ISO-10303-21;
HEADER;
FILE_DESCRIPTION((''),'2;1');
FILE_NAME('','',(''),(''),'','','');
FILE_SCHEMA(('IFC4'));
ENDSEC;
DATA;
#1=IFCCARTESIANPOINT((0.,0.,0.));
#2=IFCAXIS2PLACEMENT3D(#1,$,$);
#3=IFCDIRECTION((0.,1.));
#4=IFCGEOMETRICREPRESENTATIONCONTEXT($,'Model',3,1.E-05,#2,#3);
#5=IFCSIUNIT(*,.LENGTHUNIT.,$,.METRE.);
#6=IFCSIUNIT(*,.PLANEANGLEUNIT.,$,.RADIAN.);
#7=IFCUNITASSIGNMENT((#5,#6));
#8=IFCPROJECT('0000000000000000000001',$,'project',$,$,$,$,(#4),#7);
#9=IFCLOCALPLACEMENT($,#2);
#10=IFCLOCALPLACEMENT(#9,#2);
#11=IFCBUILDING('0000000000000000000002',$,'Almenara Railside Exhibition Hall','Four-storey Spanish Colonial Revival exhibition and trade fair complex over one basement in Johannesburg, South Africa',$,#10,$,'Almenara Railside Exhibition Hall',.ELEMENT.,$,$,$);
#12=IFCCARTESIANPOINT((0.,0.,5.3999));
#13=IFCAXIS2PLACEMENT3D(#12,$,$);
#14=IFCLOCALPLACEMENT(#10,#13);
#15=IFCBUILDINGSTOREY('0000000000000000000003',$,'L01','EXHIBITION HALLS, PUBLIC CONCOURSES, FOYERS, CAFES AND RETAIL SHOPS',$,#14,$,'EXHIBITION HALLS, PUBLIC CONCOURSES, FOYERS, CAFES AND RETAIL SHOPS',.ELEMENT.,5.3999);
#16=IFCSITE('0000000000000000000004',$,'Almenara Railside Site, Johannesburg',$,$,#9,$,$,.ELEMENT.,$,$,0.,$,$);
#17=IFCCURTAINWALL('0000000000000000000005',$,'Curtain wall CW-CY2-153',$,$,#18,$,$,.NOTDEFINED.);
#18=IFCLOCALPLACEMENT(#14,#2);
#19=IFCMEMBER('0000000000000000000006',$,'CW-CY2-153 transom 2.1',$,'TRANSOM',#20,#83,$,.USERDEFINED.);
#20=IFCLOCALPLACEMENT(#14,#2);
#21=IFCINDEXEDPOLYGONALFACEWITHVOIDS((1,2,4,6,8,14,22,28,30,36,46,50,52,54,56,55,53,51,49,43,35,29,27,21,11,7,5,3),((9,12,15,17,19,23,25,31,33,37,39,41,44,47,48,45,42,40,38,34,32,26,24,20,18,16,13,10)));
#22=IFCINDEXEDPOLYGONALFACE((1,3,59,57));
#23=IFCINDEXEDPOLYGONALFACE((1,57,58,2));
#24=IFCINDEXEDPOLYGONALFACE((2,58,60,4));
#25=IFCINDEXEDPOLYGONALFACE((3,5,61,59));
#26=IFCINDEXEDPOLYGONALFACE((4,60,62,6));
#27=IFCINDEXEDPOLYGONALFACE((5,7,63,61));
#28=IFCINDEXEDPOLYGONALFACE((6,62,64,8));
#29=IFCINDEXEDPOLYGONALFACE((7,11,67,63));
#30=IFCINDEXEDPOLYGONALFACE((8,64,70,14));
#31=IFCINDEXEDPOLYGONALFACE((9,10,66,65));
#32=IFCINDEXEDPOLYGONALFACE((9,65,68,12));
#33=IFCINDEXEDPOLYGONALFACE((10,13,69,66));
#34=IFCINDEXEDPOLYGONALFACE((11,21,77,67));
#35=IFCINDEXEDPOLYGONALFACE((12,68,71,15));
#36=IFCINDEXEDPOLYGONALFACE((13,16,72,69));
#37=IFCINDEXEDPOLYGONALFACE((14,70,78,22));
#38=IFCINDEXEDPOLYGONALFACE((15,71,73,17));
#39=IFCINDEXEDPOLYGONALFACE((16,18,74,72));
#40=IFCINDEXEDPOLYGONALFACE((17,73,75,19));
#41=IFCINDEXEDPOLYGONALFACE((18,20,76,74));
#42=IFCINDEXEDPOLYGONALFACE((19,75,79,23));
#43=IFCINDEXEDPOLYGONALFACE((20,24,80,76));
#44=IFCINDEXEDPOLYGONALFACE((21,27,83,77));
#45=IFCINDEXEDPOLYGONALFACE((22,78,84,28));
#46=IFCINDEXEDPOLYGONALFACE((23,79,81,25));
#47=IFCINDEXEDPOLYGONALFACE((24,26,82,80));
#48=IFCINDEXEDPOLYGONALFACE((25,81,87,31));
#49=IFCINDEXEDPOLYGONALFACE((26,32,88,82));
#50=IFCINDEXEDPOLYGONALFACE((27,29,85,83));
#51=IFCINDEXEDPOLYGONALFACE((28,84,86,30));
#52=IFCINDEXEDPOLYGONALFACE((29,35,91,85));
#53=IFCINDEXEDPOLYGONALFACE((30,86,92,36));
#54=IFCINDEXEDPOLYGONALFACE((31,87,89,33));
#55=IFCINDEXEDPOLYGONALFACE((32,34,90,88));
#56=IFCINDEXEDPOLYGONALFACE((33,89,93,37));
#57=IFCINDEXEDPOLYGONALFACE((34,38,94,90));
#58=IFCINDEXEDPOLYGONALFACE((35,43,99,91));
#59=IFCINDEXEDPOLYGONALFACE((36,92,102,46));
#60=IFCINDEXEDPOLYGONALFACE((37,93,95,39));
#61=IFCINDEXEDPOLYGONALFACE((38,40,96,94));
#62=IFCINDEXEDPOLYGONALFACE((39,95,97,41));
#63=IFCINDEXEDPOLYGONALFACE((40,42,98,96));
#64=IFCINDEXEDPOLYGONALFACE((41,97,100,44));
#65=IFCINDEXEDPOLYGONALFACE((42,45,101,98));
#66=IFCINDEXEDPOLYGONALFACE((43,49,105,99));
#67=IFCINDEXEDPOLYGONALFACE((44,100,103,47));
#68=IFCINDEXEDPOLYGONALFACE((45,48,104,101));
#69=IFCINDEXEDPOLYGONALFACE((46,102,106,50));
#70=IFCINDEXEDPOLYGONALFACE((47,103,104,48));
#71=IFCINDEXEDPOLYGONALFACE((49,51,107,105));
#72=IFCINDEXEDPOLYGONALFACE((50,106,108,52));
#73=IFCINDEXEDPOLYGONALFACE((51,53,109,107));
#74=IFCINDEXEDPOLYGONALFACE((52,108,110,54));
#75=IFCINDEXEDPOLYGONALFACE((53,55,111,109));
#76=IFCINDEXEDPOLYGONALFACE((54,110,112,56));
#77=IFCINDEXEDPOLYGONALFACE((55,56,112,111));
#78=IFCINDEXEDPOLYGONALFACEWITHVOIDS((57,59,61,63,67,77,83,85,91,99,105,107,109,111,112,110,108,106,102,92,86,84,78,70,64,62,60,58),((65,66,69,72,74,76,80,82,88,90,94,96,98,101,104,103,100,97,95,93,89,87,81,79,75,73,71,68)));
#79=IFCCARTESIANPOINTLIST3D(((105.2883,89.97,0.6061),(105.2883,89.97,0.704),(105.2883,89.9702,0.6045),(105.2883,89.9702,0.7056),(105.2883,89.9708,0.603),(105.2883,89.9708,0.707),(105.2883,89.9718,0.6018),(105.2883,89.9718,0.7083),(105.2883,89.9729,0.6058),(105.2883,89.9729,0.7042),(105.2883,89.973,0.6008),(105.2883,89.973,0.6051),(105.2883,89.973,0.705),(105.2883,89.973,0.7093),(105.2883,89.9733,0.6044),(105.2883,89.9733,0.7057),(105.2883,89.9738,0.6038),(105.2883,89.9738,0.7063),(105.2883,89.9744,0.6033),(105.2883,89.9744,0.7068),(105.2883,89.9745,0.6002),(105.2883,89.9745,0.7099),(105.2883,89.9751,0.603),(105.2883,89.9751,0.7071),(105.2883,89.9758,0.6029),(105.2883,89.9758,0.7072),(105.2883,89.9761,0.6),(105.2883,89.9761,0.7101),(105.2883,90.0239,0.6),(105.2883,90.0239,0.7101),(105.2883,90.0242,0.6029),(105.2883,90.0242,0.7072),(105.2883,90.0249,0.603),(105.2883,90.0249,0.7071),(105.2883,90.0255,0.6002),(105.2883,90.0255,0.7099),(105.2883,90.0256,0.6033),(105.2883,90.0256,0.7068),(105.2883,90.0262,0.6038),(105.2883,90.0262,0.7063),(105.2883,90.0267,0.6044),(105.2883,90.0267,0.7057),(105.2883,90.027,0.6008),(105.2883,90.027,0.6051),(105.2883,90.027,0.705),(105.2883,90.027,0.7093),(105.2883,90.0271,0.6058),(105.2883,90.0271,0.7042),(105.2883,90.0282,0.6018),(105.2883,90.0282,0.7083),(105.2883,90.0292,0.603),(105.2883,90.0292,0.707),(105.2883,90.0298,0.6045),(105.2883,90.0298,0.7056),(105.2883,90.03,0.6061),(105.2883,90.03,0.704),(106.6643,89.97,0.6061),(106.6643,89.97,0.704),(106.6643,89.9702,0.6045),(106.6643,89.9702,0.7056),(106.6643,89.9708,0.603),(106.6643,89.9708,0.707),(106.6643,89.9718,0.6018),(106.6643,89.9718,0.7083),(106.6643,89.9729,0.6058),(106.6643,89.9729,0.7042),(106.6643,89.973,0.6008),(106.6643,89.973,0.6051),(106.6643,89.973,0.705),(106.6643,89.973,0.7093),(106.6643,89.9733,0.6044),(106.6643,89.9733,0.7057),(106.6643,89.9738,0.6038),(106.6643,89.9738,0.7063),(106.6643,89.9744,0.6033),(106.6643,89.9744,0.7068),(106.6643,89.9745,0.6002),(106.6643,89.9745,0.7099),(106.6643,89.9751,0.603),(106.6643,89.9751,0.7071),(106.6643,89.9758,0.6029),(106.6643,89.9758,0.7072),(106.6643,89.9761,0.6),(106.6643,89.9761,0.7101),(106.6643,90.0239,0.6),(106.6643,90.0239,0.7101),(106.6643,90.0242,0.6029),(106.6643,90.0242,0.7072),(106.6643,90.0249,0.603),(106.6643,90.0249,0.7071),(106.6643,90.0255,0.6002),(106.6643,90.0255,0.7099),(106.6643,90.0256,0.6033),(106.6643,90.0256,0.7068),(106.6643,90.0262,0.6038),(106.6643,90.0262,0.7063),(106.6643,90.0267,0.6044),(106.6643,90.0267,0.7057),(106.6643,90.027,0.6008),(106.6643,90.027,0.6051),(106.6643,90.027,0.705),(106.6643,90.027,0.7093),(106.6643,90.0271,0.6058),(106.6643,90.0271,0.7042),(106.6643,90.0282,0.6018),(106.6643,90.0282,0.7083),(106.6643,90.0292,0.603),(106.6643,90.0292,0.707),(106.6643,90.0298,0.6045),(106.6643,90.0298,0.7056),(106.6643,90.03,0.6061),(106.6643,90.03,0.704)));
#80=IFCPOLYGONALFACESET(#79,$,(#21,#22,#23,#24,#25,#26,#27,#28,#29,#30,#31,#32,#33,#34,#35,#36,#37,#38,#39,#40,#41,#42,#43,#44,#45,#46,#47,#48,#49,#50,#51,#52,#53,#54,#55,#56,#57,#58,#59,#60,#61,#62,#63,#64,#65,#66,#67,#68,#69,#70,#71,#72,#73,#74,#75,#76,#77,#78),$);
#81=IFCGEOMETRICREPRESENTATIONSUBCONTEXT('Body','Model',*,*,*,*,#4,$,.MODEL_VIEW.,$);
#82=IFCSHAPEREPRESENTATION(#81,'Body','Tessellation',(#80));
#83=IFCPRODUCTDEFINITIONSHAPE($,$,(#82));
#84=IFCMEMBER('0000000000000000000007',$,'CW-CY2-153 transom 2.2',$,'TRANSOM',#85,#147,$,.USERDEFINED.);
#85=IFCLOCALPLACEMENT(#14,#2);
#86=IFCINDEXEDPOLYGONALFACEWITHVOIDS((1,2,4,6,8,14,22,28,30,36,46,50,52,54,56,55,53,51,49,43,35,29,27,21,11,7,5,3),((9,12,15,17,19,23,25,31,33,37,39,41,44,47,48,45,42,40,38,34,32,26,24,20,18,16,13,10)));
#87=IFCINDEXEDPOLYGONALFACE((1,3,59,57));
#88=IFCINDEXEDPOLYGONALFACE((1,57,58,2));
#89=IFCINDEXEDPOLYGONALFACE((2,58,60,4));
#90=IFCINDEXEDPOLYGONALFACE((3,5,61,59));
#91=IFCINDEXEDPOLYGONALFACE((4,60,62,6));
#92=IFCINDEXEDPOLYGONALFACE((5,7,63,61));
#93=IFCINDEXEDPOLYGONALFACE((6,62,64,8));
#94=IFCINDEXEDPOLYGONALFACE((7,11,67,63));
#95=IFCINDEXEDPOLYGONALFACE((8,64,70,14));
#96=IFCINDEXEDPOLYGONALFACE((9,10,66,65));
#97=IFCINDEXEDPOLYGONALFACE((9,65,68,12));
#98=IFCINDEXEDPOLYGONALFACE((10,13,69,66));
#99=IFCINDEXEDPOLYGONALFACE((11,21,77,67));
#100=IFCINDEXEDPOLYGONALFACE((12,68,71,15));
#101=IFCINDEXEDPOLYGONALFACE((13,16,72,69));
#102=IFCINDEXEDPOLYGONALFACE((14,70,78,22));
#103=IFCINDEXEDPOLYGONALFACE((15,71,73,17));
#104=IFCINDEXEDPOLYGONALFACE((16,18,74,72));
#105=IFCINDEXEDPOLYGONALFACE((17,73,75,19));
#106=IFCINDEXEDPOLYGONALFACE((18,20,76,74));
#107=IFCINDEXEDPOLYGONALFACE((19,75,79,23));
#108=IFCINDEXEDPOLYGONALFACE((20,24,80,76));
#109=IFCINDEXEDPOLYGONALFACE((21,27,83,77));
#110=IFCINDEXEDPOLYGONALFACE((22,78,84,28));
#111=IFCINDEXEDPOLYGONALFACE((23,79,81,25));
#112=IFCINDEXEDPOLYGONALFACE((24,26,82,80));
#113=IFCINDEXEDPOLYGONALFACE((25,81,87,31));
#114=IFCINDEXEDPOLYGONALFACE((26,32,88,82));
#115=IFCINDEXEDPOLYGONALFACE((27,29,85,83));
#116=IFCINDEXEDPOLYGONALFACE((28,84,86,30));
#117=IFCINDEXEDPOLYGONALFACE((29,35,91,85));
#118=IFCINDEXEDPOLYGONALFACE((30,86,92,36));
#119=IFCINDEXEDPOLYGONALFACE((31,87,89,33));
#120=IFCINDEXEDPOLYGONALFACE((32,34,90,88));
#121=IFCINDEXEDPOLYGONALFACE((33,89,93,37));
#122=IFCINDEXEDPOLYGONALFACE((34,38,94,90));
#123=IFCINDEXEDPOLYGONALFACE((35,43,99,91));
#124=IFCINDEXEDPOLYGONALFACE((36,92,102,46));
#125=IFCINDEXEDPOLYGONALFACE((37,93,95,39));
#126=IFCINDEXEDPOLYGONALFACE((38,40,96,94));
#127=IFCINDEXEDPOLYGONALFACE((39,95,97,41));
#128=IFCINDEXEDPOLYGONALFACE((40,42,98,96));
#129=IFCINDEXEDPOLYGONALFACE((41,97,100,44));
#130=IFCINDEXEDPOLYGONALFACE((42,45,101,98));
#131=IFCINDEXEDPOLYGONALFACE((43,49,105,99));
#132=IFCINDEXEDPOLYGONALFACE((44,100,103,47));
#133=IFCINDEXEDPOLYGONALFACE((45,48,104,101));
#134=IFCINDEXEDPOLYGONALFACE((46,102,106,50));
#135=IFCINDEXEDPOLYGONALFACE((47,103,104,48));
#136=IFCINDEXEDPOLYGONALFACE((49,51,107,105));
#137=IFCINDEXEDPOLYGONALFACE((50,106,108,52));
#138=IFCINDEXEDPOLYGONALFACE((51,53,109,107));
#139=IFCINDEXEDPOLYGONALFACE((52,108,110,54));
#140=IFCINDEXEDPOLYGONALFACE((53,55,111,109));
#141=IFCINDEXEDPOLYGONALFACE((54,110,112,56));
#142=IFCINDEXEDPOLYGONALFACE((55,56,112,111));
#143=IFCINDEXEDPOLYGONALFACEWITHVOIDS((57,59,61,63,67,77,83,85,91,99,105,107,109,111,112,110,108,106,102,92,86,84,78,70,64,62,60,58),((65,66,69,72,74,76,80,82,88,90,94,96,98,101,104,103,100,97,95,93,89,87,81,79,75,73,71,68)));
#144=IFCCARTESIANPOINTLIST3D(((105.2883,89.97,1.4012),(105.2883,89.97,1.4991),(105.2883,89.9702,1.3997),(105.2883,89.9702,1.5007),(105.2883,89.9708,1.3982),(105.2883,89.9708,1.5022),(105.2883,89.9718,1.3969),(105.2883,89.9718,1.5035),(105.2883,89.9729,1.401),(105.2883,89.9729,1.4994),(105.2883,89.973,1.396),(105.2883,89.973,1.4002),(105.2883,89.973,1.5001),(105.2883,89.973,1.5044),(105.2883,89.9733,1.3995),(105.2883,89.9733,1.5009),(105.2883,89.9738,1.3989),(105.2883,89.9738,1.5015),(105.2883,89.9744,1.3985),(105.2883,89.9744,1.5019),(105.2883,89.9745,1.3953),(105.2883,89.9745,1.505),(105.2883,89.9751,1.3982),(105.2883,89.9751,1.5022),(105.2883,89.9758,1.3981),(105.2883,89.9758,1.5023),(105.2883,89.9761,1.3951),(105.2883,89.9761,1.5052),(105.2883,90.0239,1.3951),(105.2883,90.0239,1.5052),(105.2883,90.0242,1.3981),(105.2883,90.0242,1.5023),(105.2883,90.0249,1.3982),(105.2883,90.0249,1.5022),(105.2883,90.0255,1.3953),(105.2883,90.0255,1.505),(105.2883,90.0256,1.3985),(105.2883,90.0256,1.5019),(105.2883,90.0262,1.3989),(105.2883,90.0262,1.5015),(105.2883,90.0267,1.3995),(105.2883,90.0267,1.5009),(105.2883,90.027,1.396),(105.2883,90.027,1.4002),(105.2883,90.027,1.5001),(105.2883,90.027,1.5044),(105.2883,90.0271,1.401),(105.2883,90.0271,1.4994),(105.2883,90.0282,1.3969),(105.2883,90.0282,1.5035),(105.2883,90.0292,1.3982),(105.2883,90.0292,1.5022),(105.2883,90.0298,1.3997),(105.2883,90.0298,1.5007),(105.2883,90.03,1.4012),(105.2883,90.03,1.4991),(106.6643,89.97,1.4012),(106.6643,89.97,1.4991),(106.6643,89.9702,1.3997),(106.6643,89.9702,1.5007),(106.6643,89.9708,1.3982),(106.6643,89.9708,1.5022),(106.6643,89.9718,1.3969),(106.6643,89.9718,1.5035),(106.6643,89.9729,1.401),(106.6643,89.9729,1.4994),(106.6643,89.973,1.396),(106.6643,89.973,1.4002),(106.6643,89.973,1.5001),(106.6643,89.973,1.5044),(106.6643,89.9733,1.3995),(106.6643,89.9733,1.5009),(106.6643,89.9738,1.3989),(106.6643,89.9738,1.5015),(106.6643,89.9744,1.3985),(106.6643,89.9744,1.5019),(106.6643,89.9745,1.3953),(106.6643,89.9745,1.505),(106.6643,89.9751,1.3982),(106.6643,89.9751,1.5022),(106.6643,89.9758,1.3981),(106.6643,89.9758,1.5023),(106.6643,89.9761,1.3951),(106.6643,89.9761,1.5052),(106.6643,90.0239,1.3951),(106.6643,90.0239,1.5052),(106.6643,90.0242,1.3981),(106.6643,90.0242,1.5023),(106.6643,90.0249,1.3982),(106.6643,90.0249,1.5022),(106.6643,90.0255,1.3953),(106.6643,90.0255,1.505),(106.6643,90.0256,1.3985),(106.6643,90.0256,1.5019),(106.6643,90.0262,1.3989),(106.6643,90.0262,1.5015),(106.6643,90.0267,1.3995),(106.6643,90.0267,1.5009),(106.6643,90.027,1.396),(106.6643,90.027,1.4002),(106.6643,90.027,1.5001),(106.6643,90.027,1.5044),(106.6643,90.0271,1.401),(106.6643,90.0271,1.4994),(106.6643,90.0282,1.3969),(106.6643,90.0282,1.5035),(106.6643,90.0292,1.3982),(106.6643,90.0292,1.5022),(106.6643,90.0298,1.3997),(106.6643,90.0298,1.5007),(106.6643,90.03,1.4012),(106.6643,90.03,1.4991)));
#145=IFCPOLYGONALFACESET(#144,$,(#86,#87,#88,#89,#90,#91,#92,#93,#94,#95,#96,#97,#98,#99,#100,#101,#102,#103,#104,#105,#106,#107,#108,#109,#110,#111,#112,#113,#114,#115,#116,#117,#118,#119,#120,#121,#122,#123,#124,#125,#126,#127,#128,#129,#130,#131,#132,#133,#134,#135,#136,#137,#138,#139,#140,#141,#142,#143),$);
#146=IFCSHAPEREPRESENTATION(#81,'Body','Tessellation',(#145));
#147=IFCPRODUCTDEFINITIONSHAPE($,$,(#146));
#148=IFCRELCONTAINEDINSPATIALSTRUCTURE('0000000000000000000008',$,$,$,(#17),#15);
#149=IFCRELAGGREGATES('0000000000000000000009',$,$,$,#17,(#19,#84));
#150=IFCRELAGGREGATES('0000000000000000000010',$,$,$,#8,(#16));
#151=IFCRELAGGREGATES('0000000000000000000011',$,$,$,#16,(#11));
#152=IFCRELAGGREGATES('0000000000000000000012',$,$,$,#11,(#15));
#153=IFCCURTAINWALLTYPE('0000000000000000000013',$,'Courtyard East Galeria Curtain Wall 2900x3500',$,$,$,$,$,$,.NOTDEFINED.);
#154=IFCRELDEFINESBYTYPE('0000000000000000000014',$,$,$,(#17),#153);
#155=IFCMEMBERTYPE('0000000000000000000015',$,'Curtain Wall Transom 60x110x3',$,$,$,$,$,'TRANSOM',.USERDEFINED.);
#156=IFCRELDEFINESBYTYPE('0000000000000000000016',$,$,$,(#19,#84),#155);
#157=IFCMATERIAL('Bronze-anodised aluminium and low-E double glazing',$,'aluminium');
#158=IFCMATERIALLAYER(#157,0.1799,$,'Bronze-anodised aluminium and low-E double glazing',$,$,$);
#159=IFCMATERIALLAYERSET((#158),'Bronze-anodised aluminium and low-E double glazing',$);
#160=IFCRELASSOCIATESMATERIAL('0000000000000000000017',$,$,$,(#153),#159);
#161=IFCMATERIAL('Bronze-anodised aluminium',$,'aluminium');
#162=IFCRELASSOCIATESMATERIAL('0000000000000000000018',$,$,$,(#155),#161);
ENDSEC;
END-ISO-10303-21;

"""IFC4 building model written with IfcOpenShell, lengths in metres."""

from ifc_helpers import new_model, si_unit, direction, frame, origin, origin_2d, place, context, subcontext, project, spatial, hollow_rectangle, extrude, material, layer, layer_set, material_profile, profile_set, type_object, element, aggregate, save


model = new_model("IFC4")

# Units and contexts
model_context = context("Model", 3, precision=1e-05, world=origin(), true_north=direction((0.0, 1.0)))
body_context = subcontext(model_context, "Body", "Model", "MODEL_VIEW")
ifc_project = project(units=[si_unit("LENGTHUNIT", "METRE"), si_unit("PLANEANGLEUNIT", "RADIAN")], contexts=[model_context])

# Site, building, storey
site_placement = place(None, origin())
site = spatial("IfcSite", under=ifc_project, at=site_placement, Name="Almenara Railside Site, Johannesburg", CompositionType="ELEMENT", RefElevation=0.0)
building_placement = place(site_placement, origin())
building = spatial("IfcBuilding", under=site, at=building_placement, Name="Almenara Railside Exhibition Hall", Description="Four-storey Spanish Colonial Revival exhibition and trade fair complex over one basement in Johannesburg, South Africa", LongName="Almenara Railside Exhibition Hall", CompositionType="ELEMENT")
storey_placement = place(building_placement, frame((0.0, 0.0, 5.3999)))
storey = spatial("IfcBuildingStorey", under=building, at=storey_placement, Name="L01", Description="EXHIBITION HALLS, PUBLIC CONCOURSES, FOYERS, CAFES AND RETAIL SHOPS", LongName="EXHIBITION HALLS, PUBLIC CONCOURSES, FOYERS, CAFES AND RETAIL SHOPS", CompositionType="ELEMENT", Elevation=5.3999)

# Curtain wall
ifc_material_1 = material(Name="Bronze-anodised aluminium and low-E double glazing", Category="aluminium")
ifc_layer_1 = layer(ifc_material_1, 0.1799, Name="Bronze-anodised aluminium and low-E double glazing")
ifc_layer_set_1 = layer_set([ifc_layer_1], Name="Bronze-anodised aluminium and low-E double glazing")
curtain_wall_type_1 = type_object("IfcCurtainWallType", Name="Courtyard East Galeria Curtain Wall 2900x3500", PredefinedType="NOTDEFINED", material=ifc_layer_set_1)
curtain_wall_1_placement = place(storey_placement, origin())
curtain_wall_1 = element("IfcCurtainWall", 1, at=curtain_wall_1_placement, inside=storey, type_object=curtain_wall_type_1, Name="Curtain wall CW-CY2-153", PredefinedType="NOTDEFINED")
ifc_material_2 = material(Name="Bronze-anodised aluminium", Category="aluminium")

# Members
ifc_material_profile_1 = material_profile(ifc_material_2, hollow_rectangle(XDim=0.0601, YDim=0.1101, WallThickness=0.0029, InnerFilletRadius=0.0029, OuterFilletRadius=0.0061, at=origin_2d()), Name="ALU-TRN 60x110x3")
ifc_profile_set_1 = profile_set([ifc_material_profile_1], Name="Bronze-anodised aluminium")
member_type_1 = type_object("IfcMemberType", Name="Curtain Wall Transom 60x110x3", ElementType="TRANSOM", PredefinedType="USERDEFINED", material=ifc_profile_set_1)
member_1_placement = place(storey_placement, frame((106.6643, 90.0, 0.655), z_axis=(-1.0, 0.0, 0.0), x_axis=(0.0, -1.0, 0.0)))
member_1 = element("IfcMember", 2, at=member_1_placement, type_object=member_type_1, Name="CW-CY2-153 transom 2.1", ObjectType="TRANSOM", PredefinedType="USERDEFINED", context=body_context, shape_type="SweptSolid", body=[
    extrude(hollow_rectangle(XDim=0.0601, YDim=0.1101, WallThickness=0.0029, InnerFilletRadius=0.0029, OuterFilletRadius=0.0061, at=origin_2d()), origin(), (0.0, 0.0, 1.0), 1.376),
])
member_2_placement = place(storey_placement, frame((106.6643, 90.0, 1.4502), z_axis=(-1.0, 0.0, 0.0), x_axis=(0.0, -1.0, 0.0)))
member_2 = element("IfcMember", 3, at=member_2_placement, type_object=member_type_1, Name="CW-CY2-153 transom 2.2", ObjectType="TRANSOM", PredefinedType="USERDEFINED", context=body_context, shape_type="SweptSolid", body=[
    extrude(hollow_rectangle(XDim=0.0601, YDim=0.1101, WallThickness=0.0029, InnerFilletRadius=0.0029, OuterFilletRadius=0.0061, at=origin_2d()), origin(), (0.0, 0.0, 1.0), 1.376),
])

aggregate(curtain_wall_1, [member_1, member_2])

save(model, "model.ifc")
